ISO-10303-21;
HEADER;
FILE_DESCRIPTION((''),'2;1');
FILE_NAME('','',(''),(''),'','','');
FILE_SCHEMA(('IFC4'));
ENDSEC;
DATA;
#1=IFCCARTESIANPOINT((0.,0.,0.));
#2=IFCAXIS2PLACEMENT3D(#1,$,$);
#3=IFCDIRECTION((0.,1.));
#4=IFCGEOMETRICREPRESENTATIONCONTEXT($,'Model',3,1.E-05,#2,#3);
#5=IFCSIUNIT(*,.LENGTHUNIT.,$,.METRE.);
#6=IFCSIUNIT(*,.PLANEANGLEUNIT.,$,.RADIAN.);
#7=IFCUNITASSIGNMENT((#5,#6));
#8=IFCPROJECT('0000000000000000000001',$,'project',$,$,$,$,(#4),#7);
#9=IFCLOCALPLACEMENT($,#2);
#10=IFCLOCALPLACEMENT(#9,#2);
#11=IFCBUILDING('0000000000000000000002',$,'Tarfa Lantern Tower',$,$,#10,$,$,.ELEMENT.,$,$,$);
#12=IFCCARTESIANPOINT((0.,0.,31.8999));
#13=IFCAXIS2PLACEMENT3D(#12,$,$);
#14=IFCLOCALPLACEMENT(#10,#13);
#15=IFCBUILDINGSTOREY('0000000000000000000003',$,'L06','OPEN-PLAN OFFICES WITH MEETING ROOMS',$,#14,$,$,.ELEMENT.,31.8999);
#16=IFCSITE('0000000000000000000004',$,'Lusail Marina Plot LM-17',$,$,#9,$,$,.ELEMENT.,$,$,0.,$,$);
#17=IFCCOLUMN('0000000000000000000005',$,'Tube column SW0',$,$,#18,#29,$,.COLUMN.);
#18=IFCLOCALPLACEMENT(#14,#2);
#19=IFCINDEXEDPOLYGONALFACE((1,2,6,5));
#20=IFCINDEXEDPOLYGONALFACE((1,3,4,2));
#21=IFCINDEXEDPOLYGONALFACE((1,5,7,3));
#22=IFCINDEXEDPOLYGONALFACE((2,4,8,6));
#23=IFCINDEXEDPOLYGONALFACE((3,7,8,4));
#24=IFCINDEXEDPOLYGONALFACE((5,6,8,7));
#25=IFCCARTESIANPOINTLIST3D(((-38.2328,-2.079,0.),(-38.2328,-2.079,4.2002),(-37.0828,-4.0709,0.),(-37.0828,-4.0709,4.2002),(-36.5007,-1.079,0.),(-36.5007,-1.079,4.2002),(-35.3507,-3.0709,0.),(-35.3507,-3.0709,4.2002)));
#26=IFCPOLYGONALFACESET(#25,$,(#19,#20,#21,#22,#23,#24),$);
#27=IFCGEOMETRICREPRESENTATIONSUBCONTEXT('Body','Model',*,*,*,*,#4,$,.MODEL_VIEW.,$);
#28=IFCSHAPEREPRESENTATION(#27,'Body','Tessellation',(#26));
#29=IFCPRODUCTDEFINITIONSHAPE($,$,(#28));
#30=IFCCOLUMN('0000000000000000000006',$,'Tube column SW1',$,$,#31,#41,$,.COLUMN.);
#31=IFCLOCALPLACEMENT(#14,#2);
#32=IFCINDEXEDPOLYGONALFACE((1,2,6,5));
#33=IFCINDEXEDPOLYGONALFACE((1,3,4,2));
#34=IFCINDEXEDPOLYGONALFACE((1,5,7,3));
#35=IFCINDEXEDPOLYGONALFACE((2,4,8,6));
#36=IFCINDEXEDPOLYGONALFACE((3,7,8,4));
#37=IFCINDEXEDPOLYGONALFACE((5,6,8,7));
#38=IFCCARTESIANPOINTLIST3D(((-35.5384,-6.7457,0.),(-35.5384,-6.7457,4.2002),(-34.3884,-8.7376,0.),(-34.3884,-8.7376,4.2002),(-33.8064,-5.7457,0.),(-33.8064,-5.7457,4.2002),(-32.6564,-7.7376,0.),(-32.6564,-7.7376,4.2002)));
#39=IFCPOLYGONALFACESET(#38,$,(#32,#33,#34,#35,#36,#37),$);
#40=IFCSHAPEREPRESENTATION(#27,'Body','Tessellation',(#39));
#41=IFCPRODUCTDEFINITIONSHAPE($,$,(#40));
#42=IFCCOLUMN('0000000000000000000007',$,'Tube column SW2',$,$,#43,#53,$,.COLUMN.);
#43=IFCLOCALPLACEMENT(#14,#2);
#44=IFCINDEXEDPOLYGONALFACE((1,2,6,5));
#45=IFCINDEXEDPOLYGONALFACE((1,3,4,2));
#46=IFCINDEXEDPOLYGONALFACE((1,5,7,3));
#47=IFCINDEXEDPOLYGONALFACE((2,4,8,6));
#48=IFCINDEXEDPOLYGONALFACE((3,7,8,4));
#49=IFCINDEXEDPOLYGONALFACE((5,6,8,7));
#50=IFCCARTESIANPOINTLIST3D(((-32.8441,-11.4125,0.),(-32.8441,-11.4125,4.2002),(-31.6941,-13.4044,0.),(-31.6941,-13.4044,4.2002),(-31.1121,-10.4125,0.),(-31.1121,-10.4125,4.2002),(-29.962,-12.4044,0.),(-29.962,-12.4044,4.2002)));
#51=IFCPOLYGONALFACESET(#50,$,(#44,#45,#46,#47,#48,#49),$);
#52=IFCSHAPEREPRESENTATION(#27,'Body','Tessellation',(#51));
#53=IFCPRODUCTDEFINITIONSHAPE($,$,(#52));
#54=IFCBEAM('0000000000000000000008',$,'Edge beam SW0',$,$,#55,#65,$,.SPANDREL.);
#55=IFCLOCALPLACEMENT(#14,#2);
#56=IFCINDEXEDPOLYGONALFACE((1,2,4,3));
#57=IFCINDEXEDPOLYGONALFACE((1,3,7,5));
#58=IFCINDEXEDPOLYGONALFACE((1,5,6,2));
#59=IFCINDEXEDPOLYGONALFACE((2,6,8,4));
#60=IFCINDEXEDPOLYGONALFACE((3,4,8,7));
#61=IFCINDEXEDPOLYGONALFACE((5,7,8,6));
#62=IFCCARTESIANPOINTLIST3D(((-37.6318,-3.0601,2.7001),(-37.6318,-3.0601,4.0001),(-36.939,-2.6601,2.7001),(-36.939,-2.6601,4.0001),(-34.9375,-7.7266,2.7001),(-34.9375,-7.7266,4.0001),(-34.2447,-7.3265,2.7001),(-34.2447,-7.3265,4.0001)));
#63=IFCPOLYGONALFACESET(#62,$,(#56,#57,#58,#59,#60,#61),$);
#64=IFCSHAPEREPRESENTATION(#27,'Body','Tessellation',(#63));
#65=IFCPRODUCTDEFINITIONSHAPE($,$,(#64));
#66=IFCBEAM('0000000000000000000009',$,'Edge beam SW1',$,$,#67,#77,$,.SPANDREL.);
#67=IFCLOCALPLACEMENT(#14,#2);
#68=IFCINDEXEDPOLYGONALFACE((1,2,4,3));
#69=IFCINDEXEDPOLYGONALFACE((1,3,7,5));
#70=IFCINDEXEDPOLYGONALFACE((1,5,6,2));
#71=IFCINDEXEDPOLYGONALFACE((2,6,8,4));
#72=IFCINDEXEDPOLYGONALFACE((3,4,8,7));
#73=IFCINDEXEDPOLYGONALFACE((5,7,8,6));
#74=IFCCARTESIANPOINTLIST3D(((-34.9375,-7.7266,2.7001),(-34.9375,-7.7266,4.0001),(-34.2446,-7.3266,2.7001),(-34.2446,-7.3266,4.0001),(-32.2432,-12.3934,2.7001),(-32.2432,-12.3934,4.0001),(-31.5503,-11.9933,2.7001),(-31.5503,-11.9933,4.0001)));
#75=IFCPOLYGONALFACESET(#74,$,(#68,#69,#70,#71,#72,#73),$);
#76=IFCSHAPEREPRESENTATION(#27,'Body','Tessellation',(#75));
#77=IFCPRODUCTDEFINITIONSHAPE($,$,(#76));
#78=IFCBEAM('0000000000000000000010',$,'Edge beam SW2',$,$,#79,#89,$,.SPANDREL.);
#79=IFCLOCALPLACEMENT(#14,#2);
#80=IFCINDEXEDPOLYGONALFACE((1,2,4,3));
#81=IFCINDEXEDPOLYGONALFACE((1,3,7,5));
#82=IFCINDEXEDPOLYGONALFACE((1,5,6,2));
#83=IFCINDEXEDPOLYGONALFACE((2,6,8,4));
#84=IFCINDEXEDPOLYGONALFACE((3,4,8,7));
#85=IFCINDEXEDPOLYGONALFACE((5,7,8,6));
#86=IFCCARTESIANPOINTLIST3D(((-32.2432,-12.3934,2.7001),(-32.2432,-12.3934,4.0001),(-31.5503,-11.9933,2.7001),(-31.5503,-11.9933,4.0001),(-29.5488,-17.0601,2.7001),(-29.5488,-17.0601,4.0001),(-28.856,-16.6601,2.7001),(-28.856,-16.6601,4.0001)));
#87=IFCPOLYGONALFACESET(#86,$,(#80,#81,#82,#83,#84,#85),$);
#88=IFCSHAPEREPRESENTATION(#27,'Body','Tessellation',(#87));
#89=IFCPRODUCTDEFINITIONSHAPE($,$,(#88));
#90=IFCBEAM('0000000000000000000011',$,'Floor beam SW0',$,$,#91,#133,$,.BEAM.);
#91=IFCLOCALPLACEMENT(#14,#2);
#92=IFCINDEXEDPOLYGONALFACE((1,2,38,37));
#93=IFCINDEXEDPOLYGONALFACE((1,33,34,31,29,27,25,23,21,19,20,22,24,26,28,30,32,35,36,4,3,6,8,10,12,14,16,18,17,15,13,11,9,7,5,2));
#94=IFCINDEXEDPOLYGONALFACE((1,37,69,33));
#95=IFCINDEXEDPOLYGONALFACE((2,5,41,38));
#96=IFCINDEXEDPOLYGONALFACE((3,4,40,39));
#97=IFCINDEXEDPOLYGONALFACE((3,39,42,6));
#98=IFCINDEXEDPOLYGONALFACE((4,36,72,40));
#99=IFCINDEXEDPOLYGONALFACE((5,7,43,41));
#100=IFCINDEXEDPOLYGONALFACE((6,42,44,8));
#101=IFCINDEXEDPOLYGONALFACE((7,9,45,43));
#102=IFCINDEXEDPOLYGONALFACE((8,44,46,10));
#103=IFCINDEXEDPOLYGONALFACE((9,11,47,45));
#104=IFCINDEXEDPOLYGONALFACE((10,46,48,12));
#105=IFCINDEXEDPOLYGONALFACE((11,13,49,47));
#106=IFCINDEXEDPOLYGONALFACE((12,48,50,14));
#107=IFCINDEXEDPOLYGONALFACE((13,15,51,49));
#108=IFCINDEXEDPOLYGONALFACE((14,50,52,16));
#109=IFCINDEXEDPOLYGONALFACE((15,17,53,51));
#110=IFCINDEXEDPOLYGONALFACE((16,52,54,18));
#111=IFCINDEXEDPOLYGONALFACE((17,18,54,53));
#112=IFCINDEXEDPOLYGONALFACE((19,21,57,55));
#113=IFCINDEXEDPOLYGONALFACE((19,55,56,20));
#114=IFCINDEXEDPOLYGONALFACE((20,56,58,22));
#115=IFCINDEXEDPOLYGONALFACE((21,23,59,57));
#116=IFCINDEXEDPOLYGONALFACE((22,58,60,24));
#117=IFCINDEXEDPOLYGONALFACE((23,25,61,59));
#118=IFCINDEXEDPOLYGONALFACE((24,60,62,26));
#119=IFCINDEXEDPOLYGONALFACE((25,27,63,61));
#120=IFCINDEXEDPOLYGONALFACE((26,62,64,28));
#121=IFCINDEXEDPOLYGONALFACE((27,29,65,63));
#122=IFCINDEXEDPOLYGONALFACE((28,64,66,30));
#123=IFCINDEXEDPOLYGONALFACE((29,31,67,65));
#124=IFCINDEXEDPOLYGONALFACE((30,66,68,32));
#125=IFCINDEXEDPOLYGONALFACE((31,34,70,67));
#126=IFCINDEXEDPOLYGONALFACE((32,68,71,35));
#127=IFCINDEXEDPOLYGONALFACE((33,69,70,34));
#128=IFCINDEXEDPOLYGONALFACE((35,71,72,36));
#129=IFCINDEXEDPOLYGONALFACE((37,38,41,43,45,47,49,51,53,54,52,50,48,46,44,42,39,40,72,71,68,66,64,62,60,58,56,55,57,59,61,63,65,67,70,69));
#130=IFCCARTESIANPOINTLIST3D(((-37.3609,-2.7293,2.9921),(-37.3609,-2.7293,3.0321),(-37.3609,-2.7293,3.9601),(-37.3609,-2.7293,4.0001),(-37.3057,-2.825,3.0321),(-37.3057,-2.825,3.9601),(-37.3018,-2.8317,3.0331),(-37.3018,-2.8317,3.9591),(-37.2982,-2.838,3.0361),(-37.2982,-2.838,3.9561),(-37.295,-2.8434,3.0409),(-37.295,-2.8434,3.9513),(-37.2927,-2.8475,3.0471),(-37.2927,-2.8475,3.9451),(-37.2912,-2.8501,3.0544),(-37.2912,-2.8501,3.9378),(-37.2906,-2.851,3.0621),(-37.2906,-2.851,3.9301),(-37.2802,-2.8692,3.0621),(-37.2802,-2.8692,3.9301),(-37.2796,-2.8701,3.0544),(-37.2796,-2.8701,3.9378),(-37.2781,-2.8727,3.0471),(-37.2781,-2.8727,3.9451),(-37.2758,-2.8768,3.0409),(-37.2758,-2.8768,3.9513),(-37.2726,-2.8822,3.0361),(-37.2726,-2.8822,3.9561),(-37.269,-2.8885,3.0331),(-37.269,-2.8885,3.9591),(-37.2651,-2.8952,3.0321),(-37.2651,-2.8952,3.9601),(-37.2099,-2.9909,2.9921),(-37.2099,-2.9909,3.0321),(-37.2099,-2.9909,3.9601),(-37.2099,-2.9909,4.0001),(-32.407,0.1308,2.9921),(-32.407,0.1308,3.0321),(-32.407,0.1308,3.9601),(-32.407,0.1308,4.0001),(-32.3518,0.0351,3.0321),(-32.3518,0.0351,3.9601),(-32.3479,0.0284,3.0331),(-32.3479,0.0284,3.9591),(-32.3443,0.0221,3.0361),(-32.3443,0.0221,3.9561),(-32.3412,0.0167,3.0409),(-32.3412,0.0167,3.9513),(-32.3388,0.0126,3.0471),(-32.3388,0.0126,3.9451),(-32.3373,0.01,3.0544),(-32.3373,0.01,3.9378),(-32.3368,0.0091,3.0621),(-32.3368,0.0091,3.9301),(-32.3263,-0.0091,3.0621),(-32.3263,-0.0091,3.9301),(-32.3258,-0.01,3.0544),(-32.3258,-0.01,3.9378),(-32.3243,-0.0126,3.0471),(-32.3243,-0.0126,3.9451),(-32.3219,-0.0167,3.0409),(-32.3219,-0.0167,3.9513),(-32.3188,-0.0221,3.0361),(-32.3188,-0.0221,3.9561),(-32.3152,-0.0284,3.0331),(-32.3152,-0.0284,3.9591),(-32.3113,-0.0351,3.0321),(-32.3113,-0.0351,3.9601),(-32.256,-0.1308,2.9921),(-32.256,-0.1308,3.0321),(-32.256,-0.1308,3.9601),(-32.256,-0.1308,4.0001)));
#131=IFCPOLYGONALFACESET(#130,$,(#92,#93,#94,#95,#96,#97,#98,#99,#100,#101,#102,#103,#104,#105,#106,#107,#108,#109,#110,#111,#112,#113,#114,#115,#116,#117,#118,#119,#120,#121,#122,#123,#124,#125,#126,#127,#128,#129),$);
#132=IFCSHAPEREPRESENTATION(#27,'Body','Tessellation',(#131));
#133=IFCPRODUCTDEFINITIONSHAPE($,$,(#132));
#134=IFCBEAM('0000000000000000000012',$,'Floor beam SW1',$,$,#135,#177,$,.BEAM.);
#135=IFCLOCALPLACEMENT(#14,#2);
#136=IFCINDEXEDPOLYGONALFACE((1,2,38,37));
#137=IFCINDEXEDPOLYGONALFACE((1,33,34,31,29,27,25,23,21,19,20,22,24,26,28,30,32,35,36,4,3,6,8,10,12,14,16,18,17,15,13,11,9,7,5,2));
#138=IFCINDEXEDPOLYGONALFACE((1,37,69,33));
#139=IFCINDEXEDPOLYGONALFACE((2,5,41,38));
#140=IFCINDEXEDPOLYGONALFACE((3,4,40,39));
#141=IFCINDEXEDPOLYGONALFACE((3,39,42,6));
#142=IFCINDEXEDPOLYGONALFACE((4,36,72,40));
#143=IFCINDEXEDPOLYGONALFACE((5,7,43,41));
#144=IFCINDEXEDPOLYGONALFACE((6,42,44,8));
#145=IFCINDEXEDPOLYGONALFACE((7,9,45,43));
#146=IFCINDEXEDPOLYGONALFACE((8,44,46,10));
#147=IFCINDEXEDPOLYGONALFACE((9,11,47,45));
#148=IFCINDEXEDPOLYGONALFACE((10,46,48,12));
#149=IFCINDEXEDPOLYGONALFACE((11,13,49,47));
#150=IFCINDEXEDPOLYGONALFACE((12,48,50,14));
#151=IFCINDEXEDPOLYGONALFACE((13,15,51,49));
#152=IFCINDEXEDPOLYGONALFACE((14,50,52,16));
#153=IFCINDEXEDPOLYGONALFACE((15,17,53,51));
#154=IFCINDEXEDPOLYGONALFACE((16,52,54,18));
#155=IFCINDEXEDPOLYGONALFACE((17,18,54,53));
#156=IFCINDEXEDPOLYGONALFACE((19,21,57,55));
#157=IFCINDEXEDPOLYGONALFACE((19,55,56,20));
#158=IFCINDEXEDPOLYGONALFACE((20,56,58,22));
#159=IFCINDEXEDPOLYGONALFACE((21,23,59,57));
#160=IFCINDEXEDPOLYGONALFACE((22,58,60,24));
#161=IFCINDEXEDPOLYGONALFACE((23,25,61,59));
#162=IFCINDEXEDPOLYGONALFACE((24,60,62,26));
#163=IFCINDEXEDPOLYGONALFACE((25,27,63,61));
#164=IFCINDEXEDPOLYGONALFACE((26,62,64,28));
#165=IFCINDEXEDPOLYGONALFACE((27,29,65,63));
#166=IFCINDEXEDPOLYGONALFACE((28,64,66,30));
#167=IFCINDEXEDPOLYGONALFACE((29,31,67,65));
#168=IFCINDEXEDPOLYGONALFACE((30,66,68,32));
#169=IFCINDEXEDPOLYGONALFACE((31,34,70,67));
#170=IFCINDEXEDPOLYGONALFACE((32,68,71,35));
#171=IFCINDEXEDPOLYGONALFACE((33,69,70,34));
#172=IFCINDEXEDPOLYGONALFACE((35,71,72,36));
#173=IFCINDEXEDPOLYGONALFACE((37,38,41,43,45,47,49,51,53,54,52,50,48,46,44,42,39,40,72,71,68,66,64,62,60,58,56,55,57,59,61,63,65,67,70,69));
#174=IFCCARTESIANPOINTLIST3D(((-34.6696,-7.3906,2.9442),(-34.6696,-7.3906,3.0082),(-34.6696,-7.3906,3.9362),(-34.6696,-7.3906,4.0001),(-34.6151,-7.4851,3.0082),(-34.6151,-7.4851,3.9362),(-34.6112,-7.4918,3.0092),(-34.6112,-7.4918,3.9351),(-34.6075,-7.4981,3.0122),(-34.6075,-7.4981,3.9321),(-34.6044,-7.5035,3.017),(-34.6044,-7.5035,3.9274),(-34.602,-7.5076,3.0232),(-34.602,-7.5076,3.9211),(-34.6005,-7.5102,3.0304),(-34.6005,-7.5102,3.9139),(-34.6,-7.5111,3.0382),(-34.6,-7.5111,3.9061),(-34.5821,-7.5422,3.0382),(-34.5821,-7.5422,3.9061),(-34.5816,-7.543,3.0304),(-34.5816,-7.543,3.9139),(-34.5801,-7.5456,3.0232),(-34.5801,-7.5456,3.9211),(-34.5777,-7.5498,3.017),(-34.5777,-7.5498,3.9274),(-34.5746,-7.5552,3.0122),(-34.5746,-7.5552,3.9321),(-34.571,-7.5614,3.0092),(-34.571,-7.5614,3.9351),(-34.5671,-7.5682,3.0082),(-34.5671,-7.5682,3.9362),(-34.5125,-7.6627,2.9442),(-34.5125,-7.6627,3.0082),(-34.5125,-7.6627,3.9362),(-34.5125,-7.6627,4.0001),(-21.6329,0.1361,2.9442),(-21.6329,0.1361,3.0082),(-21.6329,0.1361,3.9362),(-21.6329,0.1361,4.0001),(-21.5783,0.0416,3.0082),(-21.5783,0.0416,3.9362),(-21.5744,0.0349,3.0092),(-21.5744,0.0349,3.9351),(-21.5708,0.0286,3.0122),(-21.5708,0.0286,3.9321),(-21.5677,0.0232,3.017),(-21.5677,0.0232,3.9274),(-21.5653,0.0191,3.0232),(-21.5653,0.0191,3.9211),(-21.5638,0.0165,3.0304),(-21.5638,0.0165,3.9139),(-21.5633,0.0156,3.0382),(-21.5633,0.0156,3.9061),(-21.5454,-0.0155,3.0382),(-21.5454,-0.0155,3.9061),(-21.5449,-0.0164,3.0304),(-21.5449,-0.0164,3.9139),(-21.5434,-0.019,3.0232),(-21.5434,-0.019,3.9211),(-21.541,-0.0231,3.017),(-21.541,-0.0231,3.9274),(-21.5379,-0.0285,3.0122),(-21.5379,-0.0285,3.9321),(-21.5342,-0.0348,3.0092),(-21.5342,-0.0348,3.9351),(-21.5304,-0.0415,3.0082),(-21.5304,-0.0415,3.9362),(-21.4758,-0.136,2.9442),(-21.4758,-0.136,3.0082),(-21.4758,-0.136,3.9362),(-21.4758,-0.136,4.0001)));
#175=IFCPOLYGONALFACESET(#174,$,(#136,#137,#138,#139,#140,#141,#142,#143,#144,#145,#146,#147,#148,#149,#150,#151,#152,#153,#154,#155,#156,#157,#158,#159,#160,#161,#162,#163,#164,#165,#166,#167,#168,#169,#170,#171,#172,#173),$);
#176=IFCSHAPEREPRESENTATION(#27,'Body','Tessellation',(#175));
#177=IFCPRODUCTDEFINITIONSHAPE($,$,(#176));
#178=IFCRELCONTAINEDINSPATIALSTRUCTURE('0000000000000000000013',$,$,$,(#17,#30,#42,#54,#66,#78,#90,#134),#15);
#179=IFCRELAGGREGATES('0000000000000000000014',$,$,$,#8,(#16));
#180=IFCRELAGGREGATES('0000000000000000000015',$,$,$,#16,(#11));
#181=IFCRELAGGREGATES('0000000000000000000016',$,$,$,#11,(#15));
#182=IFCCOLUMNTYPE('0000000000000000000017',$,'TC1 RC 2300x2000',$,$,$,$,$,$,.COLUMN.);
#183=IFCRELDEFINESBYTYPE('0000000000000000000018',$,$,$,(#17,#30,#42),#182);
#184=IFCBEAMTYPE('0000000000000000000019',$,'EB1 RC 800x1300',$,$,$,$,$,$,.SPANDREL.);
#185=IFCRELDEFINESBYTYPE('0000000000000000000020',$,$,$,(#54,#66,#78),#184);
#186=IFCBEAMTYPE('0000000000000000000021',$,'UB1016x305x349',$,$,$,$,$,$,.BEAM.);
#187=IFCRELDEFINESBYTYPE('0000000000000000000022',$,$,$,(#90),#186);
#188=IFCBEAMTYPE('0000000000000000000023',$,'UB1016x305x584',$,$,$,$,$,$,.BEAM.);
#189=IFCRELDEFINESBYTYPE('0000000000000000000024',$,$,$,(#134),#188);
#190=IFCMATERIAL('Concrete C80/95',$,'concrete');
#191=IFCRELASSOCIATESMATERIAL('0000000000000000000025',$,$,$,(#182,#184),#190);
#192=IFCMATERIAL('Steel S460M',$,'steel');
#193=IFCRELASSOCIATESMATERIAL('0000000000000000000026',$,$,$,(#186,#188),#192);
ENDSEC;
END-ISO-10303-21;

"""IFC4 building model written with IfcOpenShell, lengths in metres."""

from ifc_helpers import new_model, si_unit, direction, frame, origin, origin_2d, place, context, subcontext, project, spatial, rectangle, i_section, extrude, material, material_profile, profile_set, type_object, element, save


model = new_model("IFC4")

# Units and contexts
model_context = context("Model", 3, precision=1e-05, world=origin(), true_north=direction((0.0, 1.0)))
body_context = subcontext(model_context, "Body", "Model", "MODEL_VIEW")
ifc_project = project(units=[si_unit("LENGTHUNIT", "METRE"), si_unit("PLANEANGLEUNIT", "RADIAN")], contexts=[model_context])

# Site, building, storey
site_placement = place(None, origin())
site = spatial("IfcSite", under=ifc_project, at=site_placement, Name="Lusail Marina Plot LM-17", CompositionType="ELEMENT", RefElevation=0.0)
building_placement = place(site_placement, origin())
building = spatial("IfcBuilding", under=site, at=building_placement, Name="Tarfa Lantern Tower", CompositionType="ELEMENT")
storey_placement = place(building_placement, frame((0.0, 0.0, 31.8999)))
storey = spatial("IfcBuildingStorey", under=building, at=storey_placement, Name="L06", Description="OPEN-PLAN OFFICES WITH MEETING ROOMS", CompositionType="ELEMENT", Elevation=31.8999)

# Columns
ifc_material_1 = material(Name="Concrete C80/95", Category="concrete")
ifc_material_profile_1 = material_profile(ifc_material_1, rectangle(XDim=2.3, YDim=2.0, at=origin_2d()), Name="RC 2300x2000")
ifc_profile_set_1 = profile_set([ifc_material_profile_1], Name="Concrete C80/95")
column_type = type_object("IfcColumnType", Name="TC1 RC 2300x2000", PredefinedType="COLUMN", material=ifc_profile_set_1)
for number, where, z_axis, x_axis, name in (
    (1, (-36.7917, -2.575, 0.0), (0.0, 0.0, 1.0), (0.5, -0.866025, 0.0), "Tube column SW0"),
    (2, (-34.0974, -7.2417, 0.0), (0.0, 0.0, 1.0), (0.5, -0.866025, 0.0), "Tube column SW1"),
    (3, (-31.4031, -11.9084, 0.0), (0.0, 0.0, 1.0), (0.5, -0.866025, 0.0), "Tube column SW2"),
):
    element("IfcColumn", number, at=place(storey_placement, frame(where, z_axis=z_axis, x_axis=x_axis)), inside=storey, type_object=column_type, Name=name, PredefinedType="COLUMN", context=body_context, shape_type="SweptSolid", body=[
        extrude(rectangle(XDim=2.3, YDim=2.0, at=origin_2d()), origin(), (0.0, 0.0, 1.0), 4.2002),
    ])

# Beams
ifc_material_profile_2 = material_profile(ifc_material_1, rectangle(XDim=0.8, YDim=1.3, at=origin_2d()), Name="RC 800x1300")
ifc_profile_set_2 = profile_set([ifc_material_profile_2], Name="Concrete C80/95")
beam_type_1 = type_object("IfcBeamType", Name="EB1 RC 800x1300", PredefinedType="SPANDREL", material=ifc_profile_set_2)
beam_1_placement = place(storey_placement, frame((-37.2854, -2.8601, 3.3501), z_axis=(0.500018, -0.866015, 0.0), x_axis=(0.866015, 0.500018, 0.0)))
element("IfcBeam", 4, at=beam_1_placement, inside=storey, type_object=beam_type_1, Name="Edge beam SW0", PredefinedType="SPANDREL", context=body_context, shape_type="SweptSolid", body=[
    extrude(rectangle(XDim=0.8, YDim=1.3, at=origin_2d()), origin(), (0.0, 0.0, 1.0), 5.3884),
])
for number, where, z_axis, x_axis, name in (
    (5, (-34.5911, -7.5266, 3.3501), (0.499998, -0.866026, 0.0), (0.866026, 0.499998, 0.0), "Edge beam SW1"),
    (6, (-31.8967, -12.1934, 3.3501), (0.499998, -0.866026, 0.0), (0.866026, 0.499998, 0.0), "Edge beam SW2"),
):
    element("IfcBeam", number, at=place(storey_placement, frame(where, z_axis=z_axis, x_axis=x_axis)), inside=storey, type_object=beam_type_1, Name=name, PredefinedType="SPANDREL", context=body_context, shape_type="SweptSolid", body=[
        extrude(rectangle(XDim=0.8, YDim=1.3, at=origin_2d()), origin(), (0.0, 0.0, 1.0), 5.3887),
    ])
ifc_material_2 = material(Name="Steel S460M", Category="steel")
ifc_material_profile_3 = material_profile(ifc_material_2, i_section(OverallWidth=0.302, OverallDepth=1.0081, WebThickness=0.021, FlangeThickness=0.04, FilletRadius=0.03, at=origin_2d()), Name="UB1016x305x349")
ifc_profile_set_3 = profile_set([ifc_material_profile_3], Name="Steel S460M")
beam_type_2 = type_object("IfcBeamType", Name="UB1016x305x349", PredefinedType="BEAM", material=ifc_profile_set_3)
beam_2_placement = place(storey_placement, frame((-37.2854, -2.8601, 3.4961), z_axis=(0.866026, 0.5, 0.0), x_axis=(-0.5, 0.866026, 0.0)))
element("IfcBeam", 7, at=beam_2_placement, inside=storey, type_object=beam_type_2, Name="Floor beam SW0", PredefinedType="BEAM", context=body_context, shape_type="SweptSolid", body=[
    extrude(i_section(OverallWidth=0.302, OverallDepth=1.0081, WebThickness=0.021, FlangeThickness=0.04, FilletRadius=0.03, at=origin_2d()), origin(), (0.0, 0.0, 1.0), 5.7202),
])
ifc_material_profile_4 = material_profile(ifc_material_2, i_section(OverallWidth=0.3142, OverallDepth=1.0559, WebThickness=0.0359, FlangeThickness=0.064, FilletRadius=0.03, at=origin_2d()), Name="UB1016x305x584")
ifc_profile_set_4 = profile_set([ifc_material_profile_4], Name="Steel S460M")
beam_type_3 = type_object("IfcBeamType", Name="UB1016x305x584", PredefinedType="BEAM", material=ifc_profile_set_4)
beam_3_placement = place(storey_placement, frame((-34.5911, -7.5266, 3.4722), z_axis=(0.866028, 0.499996, 0.0), x_axis=(-0.499996, 0.866028, 0.0)))
element("IfcBeam", 8, at=beam_3_placement, inside=storey, type_object=beam_type_3, Name="Floor beam SW1", PredefinedType="BEAM", context=body_context, shape_type="SweptSolid", body=[
    extrude(i_section(OverallWidth=0.3142, OverallDepth=1.0559, WebThickness=0.0359, FlangeThickness=0.064, FilletRadius=0.03, at=origin_2d()), origin(), (0.0, 0.0, 1.0), 15.0535),
])

save(model, "model.ifc")
